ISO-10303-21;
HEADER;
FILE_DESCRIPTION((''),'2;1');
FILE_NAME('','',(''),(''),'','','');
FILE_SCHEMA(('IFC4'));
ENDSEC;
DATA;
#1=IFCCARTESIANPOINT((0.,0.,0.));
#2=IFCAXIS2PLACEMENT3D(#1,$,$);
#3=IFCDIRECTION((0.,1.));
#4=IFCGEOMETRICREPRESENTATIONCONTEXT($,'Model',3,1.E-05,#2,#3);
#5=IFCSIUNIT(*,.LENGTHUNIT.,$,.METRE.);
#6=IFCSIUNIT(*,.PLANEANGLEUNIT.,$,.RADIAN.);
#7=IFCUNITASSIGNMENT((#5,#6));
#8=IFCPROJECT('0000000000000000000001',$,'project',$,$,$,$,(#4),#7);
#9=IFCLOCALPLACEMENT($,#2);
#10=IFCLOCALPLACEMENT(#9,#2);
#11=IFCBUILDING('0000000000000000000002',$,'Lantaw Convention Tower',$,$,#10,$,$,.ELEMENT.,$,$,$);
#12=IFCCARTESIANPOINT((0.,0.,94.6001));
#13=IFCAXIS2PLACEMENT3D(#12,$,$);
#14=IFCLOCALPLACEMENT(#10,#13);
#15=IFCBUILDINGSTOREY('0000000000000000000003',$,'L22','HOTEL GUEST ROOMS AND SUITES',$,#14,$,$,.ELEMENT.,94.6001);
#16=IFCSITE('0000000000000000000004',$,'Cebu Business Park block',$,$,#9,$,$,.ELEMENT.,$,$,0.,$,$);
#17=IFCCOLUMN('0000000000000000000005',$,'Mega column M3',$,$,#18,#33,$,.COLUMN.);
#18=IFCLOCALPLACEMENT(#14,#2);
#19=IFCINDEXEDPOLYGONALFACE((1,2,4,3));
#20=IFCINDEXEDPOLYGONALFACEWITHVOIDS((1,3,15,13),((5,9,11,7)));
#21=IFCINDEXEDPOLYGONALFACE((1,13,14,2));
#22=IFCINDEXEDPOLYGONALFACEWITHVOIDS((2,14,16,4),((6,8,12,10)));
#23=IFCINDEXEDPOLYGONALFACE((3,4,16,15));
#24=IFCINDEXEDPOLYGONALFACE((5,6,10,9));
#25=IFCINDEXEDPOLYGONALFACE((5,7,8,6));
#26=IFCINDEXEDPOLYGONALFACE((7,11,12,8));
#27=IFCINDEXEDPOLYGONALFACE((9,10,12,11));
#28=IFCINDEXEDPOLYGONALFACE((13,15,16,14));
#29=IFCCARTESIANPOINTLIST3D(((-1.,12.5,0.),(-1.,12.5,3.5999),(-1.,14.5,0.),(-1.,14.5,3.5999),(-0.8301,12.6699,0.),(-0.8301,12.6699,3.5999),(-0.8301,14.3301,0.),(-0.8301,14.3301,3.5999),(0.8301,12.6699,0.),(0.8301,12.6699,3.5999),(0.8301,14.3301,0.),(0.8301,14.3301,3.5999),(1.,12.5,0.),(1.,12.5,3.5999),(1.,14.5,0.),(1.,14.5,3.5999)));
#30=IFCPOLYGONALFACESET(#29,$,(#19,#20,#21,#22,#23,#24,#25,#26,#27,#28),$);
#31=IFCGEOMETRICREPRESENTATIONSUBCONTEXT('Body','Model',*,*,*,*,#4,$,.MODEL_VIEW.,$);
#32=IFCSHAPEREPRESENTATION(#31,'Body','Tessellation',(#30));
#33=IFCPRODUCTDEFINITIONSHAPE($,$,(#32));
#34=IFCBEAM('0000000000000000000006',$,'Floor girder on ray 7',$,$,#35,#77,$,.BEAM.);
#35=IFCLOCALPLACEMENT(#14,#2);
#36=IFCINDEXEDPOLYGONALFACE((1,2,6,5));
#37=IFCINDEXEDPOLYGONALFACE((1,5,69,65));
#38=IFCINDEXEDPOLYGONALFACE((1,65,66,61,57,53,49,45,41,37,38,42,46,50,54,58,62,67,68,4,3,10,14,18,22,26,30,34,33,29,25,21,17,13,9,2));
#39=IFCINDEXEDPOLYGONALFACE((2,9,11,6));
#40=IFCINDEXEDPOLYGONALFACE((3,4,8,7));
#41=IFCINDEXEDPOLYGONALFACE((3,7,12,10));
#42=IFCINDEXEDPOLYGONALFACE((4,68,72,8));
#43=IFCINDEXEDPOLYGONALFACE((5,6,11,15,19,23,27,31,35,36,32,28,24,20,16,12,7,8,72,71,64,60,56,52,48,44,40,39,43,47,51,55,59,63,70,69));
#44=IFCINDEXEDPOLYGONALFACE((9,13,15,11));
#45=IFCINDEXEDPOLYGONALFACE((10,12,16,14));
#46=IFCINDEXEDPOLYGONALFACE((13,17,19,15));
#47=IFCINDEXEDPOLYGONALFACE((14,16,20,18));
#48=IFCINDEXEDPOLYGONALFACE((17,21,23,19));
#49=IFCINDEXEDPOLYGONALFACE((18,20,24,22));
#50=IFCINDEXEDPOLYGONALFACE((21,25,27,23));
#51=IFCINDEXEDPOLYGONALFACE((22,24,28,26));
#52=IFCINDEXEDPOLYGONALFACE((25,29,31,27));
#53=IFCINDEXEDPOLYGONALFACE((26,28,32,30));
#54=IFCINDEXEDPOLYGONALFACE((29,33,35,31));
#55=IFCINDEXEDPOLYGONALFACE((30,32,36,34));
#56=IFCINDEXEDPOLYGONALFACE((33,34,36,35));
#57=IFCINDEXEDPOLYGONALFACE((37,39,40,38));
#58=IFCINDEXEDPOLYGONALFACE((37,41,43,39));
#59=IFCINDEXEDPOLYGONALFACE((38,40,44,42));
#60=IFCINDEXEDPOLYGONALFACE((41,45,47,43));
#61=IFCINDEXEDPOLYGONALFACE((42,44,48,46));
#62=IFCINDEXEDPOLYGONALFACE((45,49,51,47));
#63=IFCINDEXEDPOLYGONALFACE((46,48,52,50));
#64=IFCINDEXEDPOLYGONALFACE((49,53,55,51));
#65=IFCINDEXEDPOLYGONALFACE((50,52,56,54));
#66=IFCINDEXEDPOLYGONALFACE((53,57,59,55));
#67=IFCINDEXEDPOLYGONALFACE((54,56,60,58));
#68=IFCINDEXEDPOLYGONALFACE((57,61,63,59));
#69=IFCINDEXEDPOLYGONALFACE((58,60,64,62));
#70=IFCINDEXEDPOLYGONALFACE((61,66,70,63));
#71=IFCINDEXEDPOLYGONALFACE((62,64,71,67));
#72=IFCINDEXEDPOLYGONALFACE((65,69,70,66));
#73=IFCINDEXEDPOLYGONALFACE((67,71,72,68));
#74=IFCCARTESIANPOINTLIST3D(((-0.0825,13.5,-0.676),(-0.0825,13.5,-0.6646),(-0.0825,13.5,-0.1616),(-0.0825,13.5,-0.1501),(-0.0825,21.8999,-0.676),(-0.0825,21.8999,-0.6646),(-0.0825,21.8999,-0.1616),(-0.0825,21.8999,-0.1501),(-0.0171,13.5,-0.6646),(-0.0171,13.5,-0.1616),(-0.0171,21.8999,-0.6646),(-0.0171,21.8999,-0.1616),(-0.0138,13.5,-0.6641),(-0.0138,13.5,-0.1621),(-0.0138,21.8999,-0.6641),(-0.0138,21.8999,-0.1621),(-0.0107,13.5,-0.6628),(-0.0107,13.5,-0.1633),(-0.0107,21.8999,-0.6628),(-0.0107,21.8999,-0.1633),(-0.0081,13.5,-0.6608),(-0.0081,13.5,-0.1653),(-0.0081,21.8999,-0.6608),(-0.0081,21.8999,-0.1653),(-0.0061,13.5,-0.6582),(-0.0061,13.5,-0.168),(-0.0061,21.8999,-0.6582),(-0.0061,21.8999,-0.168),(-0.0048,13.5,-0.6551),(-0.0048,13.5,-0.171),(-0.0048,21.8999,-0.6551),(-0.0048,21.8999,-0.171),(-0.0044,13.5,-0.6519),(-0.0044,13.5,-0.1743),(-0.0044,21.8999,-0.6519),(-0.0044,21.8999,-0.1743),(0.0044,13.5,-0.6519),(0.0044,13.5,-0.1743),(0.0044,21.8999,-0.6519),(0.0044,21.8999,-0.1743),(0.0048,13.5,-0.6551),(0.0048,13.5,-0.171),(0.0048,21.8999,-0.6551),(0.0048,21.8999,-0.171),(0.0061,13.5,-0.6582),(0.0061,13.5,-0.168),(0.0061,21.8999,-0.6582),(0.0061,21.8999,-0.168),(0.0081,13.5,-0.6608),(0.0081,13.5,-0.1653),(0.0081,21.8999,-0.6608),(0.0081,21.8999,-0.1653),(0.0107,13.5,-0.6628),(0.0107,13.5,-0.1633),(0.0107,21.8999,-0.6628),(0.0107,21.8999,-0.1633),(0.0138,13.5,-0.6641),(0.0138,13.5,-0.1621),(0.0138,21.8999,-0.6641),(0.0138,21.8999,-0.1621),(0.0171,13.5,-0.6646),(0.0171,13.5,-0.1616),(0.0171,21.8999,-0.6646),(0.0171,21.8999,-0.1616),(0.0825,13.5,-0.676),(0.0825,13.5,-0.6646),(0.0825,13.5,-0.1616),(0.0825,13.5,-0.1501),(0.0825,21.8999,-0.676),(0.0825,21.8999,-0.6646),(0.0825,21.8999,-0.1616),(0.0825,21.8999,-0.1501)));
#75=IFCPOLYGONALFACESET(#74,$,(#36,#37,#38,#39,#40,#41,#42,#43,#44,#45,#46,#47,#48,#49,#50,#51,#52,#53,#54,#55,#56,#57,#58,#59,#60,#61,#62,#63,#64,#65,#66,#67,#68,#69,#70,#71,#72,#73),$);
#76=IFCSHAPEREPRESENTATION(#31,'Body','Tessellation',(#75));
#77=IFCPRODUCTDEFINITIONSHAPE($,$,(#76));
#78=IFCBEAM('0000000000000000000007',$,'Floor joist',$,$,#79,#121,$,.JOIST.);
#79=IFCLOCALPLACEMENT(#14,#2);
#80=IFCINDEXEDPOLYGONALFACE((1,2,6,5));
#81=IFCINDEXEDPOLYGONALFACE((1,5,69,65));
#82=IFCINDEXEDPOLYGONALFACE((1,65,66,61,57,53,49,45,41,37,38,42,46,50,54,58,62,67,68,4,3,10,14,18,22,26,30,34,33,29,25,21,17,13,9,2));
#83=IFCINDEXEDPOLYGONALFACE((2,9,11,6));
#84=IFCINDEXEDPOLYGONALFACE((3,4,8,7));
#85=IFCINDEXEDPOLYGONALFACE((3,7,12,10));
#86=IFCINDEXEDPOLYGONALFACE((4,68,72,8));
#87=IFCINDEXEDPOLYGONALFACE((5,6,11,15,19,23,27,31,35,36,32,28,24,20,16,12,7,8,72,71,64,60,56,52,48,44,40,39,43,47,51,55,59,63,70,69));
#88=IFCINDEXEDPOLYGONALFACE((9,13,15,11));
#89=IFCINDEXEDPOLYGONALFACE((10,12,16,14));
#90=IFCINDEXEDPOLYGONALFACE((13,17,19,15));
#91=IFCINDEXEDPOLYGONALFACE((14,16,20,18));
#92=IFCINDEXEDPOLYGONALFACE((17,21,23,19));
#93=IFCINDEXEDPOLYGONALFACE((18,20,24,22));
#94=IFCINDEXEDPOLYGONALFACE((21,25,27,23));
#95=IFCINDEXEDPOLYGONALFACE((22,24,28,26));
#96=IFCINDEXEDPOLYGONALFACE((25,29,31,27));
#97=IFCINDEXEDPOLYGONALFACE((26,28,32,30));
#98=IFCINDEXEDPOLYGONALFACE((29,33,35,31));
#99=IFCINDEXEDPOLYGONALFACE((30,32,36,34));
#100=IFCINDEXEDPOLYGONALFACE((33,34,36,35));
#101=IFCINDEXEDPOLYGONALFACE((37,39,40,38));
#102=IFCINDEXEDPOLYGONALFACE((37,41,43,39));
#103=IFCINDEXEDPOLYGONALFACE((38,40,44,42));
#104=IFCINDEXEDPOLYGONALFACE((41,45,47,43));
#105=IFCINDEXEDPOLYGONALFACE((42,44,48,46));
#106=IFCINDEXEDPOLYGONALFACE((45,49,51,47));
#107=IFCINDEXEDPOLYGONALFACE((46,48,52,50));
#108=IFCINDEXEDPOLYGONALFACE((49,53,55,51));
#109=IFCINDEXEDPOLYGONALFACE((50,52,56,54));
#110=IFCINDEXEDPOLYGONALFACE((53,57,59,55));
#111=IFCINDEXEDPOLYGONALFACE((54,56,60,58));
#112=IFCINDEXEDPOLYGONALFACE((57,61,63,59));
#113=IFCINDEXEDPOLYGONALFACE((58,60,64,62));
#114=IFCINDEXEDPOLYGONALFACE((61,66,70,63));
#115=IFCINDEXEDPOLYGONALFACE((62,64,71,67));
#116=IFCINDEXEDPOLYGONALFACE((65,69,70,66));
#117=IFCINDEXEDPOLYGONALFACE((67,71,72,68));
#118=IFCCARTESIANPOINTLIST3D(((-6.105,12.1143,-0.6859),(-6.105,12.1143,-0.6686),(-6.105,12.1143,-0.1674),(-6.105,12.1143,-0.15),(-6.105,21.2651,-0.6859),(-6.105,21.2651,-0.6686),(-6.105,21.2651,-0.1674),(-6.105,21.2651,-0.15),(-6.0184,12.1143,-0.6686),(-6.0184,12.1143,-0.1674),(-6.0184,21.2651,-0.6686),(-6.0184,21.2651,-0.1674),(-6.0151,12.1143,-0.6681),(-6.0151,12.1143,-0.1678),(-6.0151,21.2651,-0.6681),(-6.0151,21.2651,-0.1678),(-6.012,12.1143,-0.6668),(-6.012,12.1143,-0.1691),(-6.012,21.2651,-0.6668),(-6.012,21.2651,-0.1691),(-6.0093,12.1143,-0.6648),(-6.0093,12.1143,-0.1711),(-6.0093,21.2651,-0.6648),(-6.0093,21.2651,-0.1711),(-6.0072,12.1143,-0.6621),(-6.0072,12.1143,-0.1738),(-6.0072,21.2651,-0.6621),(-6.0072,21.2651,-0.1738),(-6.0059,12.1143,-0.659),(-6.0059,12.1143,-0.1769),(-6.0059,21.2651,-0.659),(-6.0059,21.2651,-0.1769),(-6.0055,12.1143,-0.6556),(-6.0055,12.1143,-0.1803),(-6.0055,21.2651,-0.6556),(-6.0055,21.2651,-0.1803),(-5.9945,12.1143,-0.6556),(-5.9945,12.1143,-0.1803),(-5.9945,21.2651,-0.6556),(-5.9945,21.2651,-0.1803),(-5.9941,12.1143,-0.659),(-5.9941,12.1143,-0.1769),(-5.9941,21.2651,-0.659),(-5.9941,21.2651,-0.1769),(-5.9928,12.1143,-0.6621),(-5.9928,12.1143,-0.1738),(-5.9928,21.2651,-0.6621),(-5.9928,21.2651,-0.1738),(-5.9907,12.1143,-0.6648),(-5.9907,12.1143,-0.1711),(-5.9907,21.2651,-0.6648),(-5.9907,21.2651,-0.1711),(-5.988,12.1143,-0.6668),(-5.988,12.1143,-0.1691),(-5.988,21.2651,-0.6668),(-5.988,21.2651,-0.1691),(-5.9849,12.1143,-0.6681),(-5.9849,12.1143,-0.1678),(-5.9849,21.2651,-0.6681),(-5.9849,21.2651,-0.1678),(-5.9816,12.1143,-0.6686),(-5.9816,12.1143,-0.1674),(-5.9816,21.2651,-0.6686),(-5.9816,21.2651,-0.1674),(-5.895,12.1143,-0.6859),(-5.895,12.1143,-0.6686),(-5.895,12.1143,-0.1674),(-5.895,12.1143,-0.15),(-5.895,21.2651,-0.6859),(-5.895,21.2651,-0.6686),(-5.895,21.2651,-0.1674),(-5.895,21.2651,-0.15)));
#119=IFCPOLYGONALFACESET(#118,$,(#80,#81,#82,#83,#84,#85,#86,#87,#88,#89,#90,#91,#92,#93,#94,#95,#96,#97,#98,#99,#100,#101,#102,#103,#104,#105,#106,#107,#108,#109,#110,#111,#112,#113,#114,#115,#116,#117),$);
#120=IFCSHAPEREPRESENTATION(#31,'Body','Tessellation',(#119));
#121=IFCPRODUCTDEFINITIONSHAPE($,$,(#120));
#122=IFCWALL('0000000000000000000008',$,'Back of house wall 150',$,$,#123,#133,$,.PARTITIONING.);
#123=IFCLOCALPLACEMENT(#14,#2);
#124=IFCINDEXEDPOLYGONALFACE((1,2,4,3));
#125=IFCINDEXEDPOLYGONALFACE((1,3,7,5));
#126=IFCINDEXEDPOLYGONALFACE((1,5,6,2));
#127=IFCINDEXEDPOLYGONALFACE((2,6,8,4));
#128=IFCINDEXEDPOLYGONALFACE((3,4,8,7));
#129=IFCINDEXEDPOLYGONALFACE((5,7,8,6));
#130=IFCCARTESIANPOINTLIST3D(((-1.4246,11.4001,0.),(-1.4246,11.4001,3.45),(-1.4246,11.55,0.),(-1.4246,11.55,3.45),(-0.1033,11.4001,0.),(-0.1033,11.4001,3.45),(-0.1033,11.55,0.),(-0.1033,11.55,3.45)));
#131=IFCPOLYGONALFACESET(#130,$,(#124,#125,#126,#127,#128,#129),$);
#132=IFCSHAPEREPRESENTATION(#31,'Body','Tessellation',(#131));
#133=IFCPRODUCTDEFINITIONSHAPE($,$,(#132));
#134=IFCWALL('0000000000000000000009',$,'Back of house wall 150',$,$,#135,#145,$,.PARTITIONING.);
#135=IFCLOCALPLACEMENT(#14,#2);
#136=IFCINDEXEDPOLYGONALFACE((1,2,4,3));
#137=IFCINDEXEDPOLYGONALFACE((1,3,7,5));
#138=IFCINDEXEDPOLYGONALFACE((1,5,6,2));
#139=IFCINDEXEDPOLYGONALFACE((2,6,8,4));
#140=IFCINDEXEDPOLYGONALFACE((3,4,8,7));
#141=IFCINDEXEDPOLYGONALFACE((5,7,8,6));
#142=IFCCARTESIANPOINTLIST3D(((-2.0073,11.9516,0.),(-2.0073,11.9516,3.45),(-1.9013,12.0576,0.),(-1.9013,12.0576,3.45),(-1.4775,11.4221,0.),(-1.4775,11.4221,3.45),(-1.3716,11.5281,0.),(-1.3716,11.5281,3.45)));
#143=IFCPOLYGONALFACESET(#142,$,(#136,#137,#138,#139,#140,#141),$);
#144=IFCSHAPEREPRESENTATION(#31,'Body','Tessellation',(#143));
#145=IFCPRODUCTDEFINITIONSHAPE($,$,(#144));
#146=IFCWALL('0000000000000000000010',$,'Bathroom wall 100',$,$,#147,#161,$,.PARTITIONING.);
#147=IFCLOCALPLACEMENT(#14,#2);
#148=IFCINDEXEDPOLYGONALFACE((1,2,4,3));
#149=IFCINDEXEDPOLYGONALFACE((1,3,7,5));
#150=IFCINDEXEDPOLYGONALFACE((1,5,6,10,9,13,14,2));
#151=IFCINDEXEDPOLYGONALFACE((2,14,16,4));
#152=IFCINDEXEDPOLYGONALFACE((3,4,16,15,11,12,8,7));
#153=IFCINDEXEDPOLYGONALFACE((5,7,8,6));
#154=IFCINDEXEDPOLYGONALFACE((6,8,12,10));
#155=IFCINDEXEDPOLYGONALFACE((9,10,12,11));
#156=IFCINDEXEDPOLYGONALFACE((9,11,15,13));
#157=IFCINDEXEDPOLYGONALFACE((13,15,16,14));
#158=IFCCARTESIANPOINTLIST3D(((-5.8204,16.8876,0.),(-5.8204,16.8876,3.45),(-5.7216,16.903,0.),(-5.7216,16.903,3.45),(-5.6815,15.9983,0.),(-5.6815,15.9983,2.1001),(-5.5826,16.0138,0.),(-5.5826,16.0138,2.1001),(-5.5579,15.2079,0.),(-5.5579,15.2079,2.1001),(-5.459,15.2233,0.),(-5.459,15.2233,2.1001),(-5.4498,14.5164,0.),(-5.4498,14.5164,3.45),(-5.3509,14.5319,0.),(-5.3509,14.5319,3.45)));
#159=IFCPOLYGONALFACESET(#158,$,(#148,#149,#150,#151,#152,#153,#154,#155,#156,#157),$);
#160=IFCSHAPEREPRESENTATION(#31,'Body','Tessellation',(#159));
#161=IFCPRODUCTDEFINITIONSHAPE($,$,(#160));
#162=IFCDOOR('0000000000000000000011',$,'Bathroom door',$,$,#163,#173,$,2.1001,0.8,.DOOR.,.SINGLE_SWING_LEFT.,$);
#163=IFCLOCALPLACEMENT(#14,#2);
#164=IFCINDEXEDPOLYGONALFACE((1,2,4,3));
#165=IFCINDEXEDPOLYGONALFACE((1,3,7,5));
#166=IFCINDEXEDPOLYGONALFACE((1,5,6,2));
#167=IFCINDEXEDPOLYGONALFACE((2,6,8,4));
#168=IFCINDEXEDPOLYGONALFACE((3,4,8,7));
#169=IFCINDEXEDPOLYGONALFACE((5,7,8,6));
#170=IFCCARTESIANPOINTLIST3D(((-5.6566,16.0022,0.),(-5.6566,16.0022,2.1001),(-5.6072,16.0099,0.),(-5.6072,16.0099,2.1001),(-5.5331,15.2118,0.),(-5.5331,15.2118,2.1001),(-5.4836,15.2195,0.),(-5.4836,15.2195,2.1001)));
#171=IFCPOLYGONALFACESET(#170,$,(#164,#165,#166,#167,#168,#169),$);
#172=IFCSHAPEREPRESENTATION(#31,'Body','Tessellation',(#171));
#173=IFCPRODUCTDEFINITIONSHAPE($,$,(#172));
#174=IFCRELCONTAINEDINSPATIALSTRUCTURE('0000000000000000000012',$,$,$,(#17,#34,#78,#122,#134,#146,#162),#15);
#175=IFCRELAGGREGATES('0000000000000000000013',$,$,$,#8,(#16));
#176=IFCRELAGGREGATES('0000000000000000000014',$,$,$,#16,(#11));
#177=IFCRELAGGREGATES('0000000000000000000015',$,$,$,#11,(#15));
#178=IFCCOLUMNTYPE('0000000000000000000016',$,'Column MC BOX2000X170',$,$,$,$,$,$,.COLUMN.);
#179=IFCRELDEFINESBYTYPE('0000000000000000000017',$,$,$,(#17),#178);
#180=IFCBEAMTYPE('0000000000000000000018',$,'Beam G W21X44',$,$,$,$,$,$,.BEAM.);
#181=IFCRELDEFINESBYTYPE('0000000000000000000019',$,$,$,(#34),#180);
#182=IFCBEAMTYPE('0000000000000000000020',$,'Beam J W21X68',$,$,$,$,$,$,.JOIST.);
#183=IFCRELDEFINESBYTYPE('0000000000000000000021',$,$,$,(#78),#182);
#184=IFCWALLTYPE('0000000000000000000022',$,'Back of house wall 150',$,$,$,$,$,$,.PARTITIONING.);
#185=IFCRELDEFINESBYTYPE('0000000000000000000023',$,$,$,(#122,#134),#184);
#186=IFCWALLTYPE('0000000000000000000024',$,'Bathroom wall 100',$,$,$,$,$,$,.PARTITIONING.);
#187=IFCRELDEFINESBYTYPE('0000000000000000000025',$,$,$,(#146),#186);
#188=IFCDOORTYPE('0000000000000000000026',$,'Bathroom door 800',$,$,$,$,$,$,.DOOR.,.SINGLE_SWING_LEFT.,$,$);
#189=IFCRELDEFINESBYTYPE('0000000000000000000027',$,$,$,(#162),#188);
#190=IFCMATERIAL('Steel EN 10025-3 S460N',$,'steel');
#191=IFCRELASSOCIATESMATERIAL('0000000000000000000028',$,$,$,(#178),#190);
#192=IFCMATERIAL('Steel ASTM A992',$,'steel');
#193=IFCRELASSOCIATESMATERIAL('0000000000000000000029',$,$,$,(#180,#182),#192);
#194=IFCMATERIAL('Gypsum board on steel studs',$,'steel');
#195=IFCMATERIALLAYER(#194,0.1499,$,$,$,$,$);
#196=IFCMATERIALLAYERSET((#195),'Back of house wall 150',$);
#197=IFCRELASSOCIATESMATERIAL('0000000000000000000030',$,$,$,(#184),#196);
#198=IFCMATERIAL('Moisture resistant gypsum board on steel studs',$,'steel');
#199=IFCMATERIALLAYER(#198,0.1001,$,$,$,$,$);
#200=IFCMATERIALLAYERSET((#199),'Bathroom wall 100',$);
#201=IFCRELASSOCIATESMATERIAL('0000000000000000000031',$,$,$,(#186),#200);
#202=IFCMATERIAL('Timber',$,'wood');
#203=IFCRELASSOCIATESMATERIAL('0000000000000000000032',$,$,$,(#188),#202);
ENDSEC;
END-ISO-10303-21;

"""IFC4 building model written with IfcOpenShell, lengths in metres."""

from ifc_helpers import new_model, si_unit, direction, frame, frame_2d, origin, origin_2d, place, context, subcontext, project, spatial, rectangle, hollow_rectangle, i_section, extrude, material, layer, layer_set, material_profile, profile_set, type_object, element, fill, save


model = new_model("IFC4")

# Units and contexts
model_context = context("Model", 3, precision=1e-05, world=origin(), true_north=direction((0.0, 1.0)))
body_context = subcontext(model_context, "Body", "Model", "MODEL_VIEW")
ifc_project = project(units=[si_unit("LENGTHUNIT", "METRE"), si_unit("PLANEANGLEUNIT", "RADIAN")], contexts=[model_context])

# Site, building, storey
site_placement = place(None, origin())
site = spatial("IfcSite", under=ifc_project, at=site_placement, Name="Cebu Business Park block", CompositionType="ELEMENT", RefElevation=0.0)
building_placement = place(site_placement, origin())
building = spatial("IfcBuilding", under=site, at=building_placement, Name="Lantaw Convention Tower", CompositionType="ELEMENT")
storey_placement = place(building_placement, frame((0.0, 0.0, 94.6001)))
storey = spatial("IfcBuildingStorey", under=building, at=storey_placement, Name="L22", Description="HOTEL GUEST ROOMS AND SUITES", CompositionType="ELEMENT", Elevation=94.6001)

# Column
ifc_material_1 = material(Name="Steel EN 10025-3 S460N", Category="steel")
ifc_material_profile_1 = material_profile(ifc_material_1, hollow_rectangle(XDim=2.0, YDim=2.0, WallThickness=0.1699, at=origin_2d()), Name="BOX2000X170")
ifc_material_2 = material(Name="Concrete C60/75", Category="concrete")
ifc_material_profile_2 = material_profile(ifc_material_2, rectangle(XDim=1.6599, YDim=1.6599, at=origin_2d()), Name="Concrete fill of BOX2000X170")
ifc_profile_set_1 = profile_set([ifc_material_profile_1, ifc_material_profile_2], Name="Steel EN 10025-3 S460N")
column_type = type_object("IfcColumnType", Name="Column MC BOX2000X170", PredefinedType="COLUMN", material=ifc_profile_set_1)
column_placement = place(storey_placement, frame((0.0, 13.5, 0.0), z_axis=(0.0, 0.0, 1.0), x_axis=(1.0, 0.0, 0.0)))
element("IfcColumn", 1, at=column_placement, inside=storey, type_object=column_type, Name="Mega column M3", PredefinedType="COLUMN", context=body_context, shape_type="SweptSolid", body=[
    extrude(hollow_rectangle(XDim=2.0, YDim=2.0, WallThickness=0.1699, at=origin_2d()), origin(), (0.0, 0.0, 1.0), 3.5999),
])

# Beams
ifc_material_3 = material(Name="Steel ASTM A992", Category="steel")
ifc_material_profile_3 = material_profile(ifc_material_3, i_section(OverallWidth=0.165, OverallDepth=0.5259, WebThickness=0.0088, FlangeThickness=0.0115, FilletRadius=0.0127, at=origin_2d()), Name="W21X44")
ifc_profile_set_2 = profile_set([ifc_material_profile_3], Name="Steel ASTM A992")
beam_type_1 = type_object("IfcBeamType", Name="Beam G W21X44", PredefinedType="BEAM", material=ifc_profile_set_2)
beam_1_placement = place(storey_placement, frame((0.0, 13.5, -0.4131), z_axis=(0.0, 1.0, 0.0), x_axis=(-1.0, 0.0, 0.0)))
element("IfcBeam", 2, at=beam_1_placement, inside=storey, type_object=beam_type_1, Name="Floor girder on ray 7", PredefinedType="BEAM", context=body_context, shape_type="SweptSolid", body=[
    extrude(i_section(OverallWidth=0.165, OverallDepth=0.5259, WebThickness=0.0088, FlangeThickness=0.0115, FilletRadius=0.0127, at=origin_2d()), origin(), (0.0, 0.0, 1.0), 8.3999),
])
ifc_material_profile_4 = material_profile(ifc_material_3, i_section(OverallWidth=0.21, OverallDepth=0.5359, WebThickness=0.011, FlangeThickness=0.0173, FilletRadius=0.0129, at=origin_2d()), Name="W21X68")
ifc_profile_set_3 = profile_set([ifc_material_profile_4], Name="Steel ASTM A992")
beam_type_2 = type_object("IfcBeamType", Name="Beam J W21X68", PredefinedType="JOIST", material=ifc_profile_set_3)
beam_2_placement = place(storey_placement, frame((-6.0, 12.1143, -0.418), z_axis=(0.0, 1.0, 0.0), x_axis=(-1.0, 0.0, 0.0)))
element("IfcBeam", 3, at=beam_2_placement, inside=storey, type_object=beam_type_2, Name="Floor joist", PredefinedType="JOIST", context=body_context, shape_type="SweptSolid", body=[
    extrude(i_section(OverallWidth=0.21, OverallDepth=0.5359, WebThickness=0.011, FlangeThickness=0.0173, FilletRadius=0.0129, at=origin_2d()), origin(), (0.0, 0.0, 1.0), 9.1509),
])

# Walls
ifc_material_4 = material(Name="Gypsum board on steel studs", Category="steel")
ifc_layer_1 = layer(ifc_material_4, 0.1499)
ifc_layer_set_1 = layer_set([ifc_layer_1], Name="Back of house wall 150")
wall_type_1 = type_object("IfcWallType", Name="Back of house wall 150", PredefinedType="PARTITIONING", material=ifc_layer_set_1)
wall_1_placement = place(storey_placement, frame((-0.1033, 11.4751, 0.0), z_axis=(0.0, 0.0, 1.0), x_axis=(-1.0, 0.0, 0.0)))
element("IfcWall", 4, at=wall_1_placement, inside=storey, type_object=wall_type_1, Name="Back of house wall 150", PredefinedType="PARTITIONING", context=body_context, shape_type="SweptSolid", body=[
    extrude(rectangle(XDim=1.3213, YDim=0.1499, at=frame_2d((0.6606, 0.0))), origin(), (0.0, 0.0, 1.0), 3.45),
])
wall_2_placement = place(storey_placement, frame((-1.4246, 11.4751, 0.0), z_axis=(0.0, 0.0, 1.0), x_axis=(-0.70727, 0.706944, 0.0)))
element("IfcWall", 5, at=wall_2_placement, inside=storey, type_object=wall_type_1, Name="Back of house wall 150", PredefinedType="PARTITIONING", context=body_context, shape_type="SweptSolid", body=[
    extrude(rectangle(XDim=0.749, YDim=0.1499, at=frame_2d((0.3745, 0.0))), origin(), (0.0, 0.0, 1.0), 3.45),
])

# Wall, opening, door
ifc_material_5 = material(Name="Moisture resistant gypsum board on steel studs", Category="steel")
ifc_layer_2 = layer(ifc_material_5, 0.1001)
ifc_layer_set_2 = layer_set([ifc_layer_2], Name="Bathroom wall 100")
wall_type_2 = type_object("IfcWallType", Name="Bathroom wall 100", PredefinedType="PARTITIONING", material=ifc_layer_set_2)
wall_3_placement = place(storey_placement, frame((-5.4004, 14.5242, 0.0), z_axis=(0.0, 0.0, 1.0), x_axis=(-0.154427, 0.988004, 0.0)))
wall_3 = element("IfcWall", 6, at=wall_3_placement, inside=storey, type_object=wall_type_2, Name="Bathroom wall 100", PredefinedType="PARTITIONING", context=body_context, shape_type="SweptSolid", body=[
    extrude(rectangle(XDim=2.3999, YDim=0.1001, at=frame_2d((1.2, 0.0))), origin(), (0.0, 0.0, 1.0), 3.45),
])
opening_1_placement = place(wall_3_placement, frame((0.7, 0.0, 0.0)))
opening_1 = element("IfcOpeningElement", 7, at=opening_1_placement, cuts=wall_3, PredefinedType="OPENING", context=body_context, shape_type="SweptSolid", body=[
    extrude(rectangle(XDim=0.8, YDim=2.1001, at=frame_2d((0.3999, 1.05))), frame((0.0, 0.0601, 0.0), z_axis=(0.0, -1.0, 0.0), x_axis=(1.0, 0.0, 0.0)), (0.0, 0.0, 1.0), 0.1201),
])
ifc_material_6 = material(Name="Timber", Category="wood")
door_type_1 = type_object("IfcDoorType", Name="Bathroom door 800", OperationType="SINGLE_SWING_LEFT", PredefinedType="DOOR", material=ifc_material_6)
door_1_placement = place(opening_1_placement, origin())
door_1 = element("IfcDoor", 8, at=door_1_placement, inside=storey, type_object=door_type_1, Name="Bathroom door", OperationType="SINGLE_SWING_LEFT", OverallHeight=2.1001, OverallWidth=0.8, PredefinedType="DOOR", context=body_context, shape_type="SweptSolid", body=[
    extrude(rectangle(XDim=0.8, YDim=2.1001, at=frame_2d((0.3999, 1.05))), frame((0.0, 0.0249, 0.0), z_axis=(0.0, -1.0, 0.0), x_axis=(1.0, 0.0, 0.0)), (0.0, 0.0, 1.0), 0.05),
])
fill(opening_1, door_1)

save(model, "model.ifc")
